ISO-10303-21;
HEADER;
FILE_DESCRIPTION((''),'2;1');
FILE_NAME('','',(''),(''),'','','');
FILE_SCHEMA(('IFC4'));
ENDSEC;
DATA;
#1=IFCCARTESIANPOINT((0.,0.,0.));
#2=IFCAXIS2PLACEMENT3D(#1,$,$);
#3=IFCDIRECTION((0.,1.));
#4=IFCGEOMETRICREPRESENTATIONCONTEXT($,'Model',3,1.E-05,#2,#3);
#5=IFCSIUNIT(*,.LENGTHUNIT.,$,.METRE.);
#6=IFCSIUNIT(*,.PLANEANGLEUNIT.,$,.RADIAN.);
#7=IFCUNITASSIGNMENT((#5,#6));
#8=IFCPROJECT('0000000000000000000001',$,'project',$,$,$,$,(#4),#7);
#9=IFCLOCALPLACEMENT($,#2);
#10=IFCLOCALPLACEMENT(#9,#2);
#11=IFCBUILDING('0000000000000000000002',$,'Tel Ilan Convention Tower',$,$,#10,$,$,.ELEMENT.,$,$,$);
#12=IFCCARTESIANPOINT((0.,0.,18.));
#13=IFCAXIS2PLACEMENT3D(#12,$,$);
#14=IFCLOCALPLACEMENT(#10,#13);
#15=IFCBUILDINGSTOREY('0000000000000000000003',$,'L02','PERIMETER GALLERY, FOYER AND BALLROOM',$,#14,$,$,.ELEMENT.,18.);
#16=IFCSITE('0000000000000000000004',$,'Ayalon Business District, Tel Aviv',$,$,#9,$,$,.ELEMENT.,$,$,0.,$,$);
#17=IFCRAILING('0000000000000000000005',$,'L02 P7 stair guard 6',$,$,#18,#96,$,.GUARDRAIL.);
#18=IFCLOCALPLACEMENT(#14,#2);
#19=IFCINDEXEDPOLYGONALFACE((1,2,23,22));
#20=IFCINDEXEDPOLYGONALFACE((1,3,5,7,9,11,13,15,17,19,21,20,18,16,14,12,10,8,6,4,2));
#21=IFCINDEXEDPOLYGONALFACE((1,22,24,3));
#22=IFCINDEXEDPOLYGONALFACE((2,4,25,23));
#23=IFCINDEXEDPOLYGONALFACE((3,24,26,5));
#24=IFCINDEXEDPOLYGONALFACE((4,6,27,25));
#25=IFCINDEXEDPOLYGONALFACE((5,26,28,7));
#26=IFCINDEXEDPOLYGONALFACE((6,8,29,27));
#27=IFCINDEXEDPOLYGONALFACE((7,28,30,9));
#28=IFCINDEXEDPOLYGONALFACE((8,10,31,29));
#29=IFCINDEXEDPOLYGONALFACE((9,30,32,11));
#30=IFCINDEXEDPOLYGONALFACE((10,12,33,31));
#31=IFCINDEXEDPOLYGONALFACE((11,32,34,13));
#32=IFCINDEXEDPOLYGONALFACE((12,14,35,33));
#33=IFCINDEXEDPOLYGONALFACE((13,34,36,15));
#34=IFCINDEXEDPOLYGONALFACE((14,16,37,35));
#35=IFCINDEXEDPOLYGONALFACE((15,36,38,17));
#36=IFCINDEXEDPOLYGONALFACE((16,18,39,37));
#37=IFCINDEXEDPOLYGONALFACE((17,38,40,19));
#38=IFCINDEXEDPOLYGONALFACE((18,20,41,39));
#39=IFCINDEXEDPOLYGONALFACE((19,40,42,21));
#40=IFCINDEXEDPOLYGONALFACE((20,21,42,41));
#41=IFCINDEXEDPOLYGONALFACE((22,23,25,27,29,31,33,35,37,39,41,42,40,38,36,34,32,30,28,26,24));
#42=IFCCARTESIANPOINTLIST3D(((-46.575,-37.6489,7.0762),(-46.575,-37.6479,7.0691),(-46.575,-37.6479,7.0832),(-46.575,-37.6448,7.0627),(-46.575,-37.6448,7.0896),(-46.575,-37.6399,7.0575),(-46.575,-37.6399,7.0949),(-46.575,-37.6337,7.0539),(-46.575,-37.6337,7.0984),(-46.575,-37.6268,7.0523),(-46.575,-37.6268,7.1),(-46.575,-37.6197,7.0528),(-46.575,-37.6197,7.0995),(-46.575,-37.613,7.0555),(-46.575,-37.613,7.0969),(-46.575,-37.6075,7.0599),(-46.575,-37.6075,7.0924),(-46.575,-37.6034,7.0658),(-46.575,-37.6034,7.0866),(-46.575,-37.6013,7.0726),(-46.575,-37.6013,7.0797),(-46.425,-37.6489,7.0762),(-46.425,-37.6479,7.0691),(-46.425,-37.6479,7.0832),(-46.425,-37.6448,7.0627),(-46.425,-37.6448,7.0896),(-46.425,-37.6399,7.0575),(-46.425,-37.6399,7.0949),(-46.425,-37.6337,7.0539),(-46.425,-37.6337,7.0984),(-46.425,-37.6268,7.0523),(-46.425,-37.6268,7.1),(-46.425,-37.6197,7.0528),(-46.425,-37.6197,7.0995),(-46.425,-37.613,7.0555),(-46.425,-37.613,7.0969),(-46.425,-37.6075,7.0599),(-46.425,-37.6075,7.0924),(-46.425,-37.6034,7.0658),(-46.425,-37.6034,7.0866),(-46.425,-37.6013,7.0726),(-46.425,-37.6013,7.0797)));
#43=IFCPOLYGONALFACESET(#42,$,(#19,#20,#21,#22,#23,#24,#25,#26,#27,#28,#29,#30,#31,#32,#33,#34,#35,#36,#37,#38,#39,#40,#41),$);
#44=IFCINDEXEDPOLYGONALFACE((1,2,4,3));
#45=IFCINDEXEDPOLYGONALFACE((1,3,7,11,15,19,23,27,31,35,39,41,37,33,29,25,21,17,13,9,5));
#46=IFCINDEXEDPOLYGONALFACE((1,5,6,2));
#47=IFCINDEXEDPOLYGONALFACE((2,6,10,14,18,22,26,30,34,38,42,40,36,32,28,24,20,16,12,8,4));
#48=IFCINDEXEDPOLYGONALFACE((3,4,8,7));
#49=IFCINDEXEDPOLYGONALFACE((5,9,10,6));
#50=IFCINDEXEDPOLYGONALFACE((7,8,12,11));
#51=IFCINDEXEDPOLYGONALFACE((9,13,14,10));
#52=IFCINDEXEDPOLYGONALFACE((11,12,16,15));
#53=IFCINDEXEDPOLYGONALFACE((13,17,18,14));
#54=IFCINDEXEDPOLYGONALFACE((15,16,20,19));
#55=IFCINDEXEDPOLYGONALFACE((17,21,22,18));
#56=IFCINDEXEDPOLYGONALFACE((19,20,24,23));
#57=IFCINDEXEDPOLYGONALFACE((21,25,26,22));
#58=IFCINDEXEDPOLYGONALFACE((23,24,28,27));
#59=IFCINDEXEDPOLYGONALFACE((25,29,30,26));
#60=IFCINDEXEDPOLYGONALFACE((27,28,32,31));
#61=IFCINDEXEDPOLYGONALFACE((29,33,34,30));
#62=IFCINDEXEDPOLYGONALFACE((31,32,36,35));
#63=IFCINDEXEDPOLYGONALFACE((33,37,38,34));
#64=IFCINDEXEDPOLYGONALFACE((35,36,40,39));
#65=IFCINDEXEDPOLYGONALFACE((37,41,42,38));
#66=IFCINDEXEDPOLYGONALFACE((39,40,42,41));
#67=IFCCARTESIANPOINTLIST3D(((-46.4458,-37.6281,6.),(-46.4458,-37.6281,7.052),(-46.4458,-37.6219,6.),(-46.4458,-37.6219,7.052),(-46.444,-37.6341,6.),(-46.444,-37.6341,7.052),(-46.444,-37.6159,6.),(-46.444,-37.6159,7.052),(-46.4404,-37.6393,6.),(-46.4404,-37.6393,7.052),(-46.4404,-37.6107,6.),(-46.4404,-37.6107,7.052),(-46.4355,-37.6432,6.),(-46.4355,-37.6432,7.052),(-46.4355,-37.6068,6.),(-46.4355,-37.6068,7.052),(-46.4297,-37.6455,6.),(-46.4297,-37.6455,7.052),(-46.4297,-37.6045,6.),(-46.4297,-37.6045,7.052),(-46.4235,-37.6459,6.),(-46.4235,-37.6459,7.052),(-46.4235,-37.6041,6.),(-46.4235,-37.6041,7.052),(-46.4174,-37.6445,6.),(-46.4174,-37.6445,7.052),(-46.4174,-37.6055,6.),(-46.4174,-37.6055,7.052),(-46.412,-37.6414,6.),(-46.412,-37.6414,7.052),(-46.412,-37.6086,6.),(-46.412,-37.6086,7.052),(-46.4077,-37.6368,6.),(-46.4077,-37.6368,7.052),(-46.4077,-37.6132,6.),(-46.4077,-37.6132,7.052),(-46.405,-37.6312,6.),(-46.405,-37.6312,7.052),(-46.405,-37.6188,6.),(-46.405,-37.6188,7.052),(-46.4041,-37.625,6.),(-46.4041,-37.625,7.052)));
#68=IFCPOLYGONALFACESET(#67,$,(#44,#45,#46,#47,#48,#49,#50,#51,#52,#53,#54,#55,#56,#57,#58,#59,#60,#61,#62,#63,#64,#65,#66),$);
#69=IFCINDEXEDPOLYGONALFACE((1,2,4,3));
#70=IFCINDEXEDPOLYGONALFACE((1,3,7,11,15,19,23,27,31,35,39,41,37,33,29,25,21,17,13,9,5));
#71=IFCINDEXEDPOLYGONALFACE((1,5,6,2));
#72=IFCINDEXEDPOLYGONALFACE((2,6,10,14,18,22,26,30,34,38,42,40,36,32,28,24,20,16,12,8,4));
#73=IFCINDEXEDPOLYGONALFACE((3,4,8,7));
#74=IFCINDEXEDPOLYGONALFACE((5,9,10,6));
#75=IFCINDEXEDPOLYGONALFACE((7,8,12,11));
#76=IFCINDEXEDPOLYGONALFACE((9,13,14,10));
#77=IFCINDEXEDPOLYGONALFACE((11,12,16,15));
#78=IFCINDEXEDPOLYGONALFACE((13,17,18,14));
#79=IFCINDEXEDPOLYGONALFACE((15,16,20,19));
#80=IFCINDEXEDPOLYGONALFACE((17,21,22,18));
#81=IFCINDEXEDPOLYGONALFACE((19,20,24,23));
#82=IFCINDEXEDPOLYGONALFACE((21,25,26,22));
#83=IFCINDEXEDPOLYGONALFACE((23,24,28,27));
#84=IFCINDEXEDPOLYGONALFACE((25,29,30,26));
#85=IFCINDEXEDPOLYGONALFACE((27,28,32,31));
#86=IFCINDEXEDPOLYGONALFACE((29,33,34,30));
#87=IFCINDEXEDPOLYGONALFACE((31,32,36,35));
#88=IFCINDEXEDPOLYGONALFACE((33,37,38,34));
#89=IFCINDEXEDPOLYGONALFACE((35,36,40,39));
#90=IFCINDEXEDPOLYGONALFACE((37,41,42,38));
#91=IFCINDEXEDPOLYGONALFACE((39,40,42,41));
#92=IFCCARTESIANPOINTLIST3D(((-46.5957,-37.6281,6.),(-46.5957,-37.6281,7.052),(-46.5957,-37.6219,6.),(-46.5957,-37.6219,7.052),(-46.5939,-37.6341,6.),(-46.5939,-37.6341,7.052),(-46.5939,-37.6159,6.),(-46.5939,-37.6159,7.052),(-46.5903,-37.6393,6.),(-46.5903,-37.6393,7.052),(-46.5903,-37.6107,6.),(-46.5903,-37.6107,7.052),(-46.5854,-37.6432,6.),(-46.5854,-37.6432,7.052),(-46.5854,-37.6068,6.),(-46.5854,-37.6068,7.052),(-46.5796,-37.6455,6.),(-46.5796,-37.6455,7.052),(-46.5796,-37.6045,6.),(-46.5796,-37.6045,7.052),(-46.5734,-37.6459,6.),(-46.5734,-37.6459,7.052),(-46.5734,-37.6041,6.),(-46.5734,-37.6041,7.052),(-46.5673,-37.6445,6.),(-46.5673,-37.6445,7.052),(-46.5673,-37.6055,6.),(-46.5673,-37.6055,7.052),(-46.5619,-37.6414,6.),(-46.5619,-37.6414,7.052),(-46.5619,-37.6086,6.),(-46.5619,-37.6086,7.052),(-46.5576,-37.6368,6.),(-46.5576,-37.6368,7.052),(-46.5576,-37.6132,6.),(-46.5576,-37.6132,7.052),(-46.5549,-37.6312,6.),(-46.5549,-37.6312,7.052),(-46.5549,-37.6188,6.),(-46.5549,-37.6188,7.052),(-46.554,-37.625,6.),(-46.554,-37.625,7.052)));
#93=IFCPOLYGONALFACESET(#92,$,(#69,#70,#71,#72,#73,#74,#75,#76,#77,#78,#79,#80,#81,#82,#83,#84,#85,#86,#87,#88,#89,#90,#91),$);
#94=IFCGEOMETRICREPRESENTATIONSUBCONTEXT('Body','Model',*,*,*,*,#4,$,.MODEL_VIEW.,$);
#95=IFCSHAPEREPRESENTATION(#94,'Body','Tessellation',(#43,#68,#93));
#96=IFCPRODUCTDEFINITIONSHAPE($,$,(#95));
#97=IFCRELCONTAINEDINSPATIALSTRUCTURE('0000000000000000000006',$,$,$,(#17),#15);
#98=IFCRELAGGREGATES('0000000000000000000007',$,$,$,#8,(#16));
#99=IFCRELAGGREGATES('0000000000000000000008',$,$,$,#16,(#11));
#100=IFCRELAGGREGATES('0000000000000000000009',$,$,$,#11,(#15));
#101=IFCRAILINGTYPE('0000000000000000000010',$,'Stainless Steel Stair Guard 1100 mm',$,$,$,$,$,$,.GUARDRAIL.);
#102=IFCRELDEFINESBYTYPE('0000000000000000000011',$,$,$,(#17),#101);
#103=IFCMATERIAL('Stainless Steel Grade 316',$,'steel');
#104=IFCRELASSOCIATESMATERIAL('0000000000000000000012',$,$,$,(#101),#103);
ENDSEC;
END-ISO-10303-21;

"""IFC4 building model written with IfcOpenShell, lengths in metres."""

from ifc_helpers import new_model, si_unit, direction, frame, origin, origin_2d, place, context, subcontext, project, spatial, circle, extrude, material, type_object, element, save


model = new_model("IFC4")

# Units and contexts
model_context = context("Model", 3, precision=1e-05, world=origin(), true_north=direction((0.0, 1.0)))
body_context = subcontext(model_context, "Body", "Model", "MODEL_VIEW")
ifc_project = project(units=[si_unit("LENGTHUNIT", "METRE"), si_unit("PLANEANGLEUNIT", "RADIAN")], contexts=[model_context])

# Site, building, storey
site_placement = place(None, origin())
site = spatial("IfcSite", under=ifc_project, at=site_placement, Name="Ayalon Business District, Tel Aviv", CompositionType="ELEMENT", RefElevation=0.0)
building_placement = place(site_placement, origin())
building = spatial("IfcBuilding", under=site, at=building_placement, Name="Tel Ilan Convention Tower", CompositionType="ELEMENT")
storey_placement = place(building_placement, frame((0.0, 0.0, 18.0)))
storey = spatial("IfcBuildingStorey", under=building, at=storey_placement, Name="L02", Description="PERIMETER GALLERY, FOYER AND BALLROOM", CompositionType="ELEMENT", Elevation=18.0)

# Railing
ifc_material_1 = material(Name="Stainless Steel Grade 316", Category="steel")
railing_type_1 = type_object("IfcRailingType", Name="Stainless Steel Stair Guard 1100 mm", PredefinedType="GUARDRAIL", material=ifc_material_1)
railing_1_placement = place(storey_placement, frame((-46.425, -37.625, 6.0)))
element("IfcRailing", 1, at=railing_1_placement, inside=storey, type_object=railing_type_1, Name="L02 P7 stair guard 6", PredefinedType="GUARDRAIL", context=body_context, shape_type="SweptSolid", body=[
    extrude(circle(Radius=0.0239, at=origin_2d()), frame((0.0, 0.0, 1.0762), z_axis=(-1.0, 0.0, 0.0), x_axis=(0.0, -1.0, 0.0)), (0.0, 0.0, 1.0), 0.1499),
    extrude(circle(Radius=0.021, at=origin_2d()), origin(), (0.0, 0.0, 1.0), 1.052),
    extrude(circle(Radius=0.021, at=origin_2d()), frame((-0.1499, 0.0, 0.0)), (0.0, 0.0, 1.0), 1.052),
])

save(model, "model.ifc")
